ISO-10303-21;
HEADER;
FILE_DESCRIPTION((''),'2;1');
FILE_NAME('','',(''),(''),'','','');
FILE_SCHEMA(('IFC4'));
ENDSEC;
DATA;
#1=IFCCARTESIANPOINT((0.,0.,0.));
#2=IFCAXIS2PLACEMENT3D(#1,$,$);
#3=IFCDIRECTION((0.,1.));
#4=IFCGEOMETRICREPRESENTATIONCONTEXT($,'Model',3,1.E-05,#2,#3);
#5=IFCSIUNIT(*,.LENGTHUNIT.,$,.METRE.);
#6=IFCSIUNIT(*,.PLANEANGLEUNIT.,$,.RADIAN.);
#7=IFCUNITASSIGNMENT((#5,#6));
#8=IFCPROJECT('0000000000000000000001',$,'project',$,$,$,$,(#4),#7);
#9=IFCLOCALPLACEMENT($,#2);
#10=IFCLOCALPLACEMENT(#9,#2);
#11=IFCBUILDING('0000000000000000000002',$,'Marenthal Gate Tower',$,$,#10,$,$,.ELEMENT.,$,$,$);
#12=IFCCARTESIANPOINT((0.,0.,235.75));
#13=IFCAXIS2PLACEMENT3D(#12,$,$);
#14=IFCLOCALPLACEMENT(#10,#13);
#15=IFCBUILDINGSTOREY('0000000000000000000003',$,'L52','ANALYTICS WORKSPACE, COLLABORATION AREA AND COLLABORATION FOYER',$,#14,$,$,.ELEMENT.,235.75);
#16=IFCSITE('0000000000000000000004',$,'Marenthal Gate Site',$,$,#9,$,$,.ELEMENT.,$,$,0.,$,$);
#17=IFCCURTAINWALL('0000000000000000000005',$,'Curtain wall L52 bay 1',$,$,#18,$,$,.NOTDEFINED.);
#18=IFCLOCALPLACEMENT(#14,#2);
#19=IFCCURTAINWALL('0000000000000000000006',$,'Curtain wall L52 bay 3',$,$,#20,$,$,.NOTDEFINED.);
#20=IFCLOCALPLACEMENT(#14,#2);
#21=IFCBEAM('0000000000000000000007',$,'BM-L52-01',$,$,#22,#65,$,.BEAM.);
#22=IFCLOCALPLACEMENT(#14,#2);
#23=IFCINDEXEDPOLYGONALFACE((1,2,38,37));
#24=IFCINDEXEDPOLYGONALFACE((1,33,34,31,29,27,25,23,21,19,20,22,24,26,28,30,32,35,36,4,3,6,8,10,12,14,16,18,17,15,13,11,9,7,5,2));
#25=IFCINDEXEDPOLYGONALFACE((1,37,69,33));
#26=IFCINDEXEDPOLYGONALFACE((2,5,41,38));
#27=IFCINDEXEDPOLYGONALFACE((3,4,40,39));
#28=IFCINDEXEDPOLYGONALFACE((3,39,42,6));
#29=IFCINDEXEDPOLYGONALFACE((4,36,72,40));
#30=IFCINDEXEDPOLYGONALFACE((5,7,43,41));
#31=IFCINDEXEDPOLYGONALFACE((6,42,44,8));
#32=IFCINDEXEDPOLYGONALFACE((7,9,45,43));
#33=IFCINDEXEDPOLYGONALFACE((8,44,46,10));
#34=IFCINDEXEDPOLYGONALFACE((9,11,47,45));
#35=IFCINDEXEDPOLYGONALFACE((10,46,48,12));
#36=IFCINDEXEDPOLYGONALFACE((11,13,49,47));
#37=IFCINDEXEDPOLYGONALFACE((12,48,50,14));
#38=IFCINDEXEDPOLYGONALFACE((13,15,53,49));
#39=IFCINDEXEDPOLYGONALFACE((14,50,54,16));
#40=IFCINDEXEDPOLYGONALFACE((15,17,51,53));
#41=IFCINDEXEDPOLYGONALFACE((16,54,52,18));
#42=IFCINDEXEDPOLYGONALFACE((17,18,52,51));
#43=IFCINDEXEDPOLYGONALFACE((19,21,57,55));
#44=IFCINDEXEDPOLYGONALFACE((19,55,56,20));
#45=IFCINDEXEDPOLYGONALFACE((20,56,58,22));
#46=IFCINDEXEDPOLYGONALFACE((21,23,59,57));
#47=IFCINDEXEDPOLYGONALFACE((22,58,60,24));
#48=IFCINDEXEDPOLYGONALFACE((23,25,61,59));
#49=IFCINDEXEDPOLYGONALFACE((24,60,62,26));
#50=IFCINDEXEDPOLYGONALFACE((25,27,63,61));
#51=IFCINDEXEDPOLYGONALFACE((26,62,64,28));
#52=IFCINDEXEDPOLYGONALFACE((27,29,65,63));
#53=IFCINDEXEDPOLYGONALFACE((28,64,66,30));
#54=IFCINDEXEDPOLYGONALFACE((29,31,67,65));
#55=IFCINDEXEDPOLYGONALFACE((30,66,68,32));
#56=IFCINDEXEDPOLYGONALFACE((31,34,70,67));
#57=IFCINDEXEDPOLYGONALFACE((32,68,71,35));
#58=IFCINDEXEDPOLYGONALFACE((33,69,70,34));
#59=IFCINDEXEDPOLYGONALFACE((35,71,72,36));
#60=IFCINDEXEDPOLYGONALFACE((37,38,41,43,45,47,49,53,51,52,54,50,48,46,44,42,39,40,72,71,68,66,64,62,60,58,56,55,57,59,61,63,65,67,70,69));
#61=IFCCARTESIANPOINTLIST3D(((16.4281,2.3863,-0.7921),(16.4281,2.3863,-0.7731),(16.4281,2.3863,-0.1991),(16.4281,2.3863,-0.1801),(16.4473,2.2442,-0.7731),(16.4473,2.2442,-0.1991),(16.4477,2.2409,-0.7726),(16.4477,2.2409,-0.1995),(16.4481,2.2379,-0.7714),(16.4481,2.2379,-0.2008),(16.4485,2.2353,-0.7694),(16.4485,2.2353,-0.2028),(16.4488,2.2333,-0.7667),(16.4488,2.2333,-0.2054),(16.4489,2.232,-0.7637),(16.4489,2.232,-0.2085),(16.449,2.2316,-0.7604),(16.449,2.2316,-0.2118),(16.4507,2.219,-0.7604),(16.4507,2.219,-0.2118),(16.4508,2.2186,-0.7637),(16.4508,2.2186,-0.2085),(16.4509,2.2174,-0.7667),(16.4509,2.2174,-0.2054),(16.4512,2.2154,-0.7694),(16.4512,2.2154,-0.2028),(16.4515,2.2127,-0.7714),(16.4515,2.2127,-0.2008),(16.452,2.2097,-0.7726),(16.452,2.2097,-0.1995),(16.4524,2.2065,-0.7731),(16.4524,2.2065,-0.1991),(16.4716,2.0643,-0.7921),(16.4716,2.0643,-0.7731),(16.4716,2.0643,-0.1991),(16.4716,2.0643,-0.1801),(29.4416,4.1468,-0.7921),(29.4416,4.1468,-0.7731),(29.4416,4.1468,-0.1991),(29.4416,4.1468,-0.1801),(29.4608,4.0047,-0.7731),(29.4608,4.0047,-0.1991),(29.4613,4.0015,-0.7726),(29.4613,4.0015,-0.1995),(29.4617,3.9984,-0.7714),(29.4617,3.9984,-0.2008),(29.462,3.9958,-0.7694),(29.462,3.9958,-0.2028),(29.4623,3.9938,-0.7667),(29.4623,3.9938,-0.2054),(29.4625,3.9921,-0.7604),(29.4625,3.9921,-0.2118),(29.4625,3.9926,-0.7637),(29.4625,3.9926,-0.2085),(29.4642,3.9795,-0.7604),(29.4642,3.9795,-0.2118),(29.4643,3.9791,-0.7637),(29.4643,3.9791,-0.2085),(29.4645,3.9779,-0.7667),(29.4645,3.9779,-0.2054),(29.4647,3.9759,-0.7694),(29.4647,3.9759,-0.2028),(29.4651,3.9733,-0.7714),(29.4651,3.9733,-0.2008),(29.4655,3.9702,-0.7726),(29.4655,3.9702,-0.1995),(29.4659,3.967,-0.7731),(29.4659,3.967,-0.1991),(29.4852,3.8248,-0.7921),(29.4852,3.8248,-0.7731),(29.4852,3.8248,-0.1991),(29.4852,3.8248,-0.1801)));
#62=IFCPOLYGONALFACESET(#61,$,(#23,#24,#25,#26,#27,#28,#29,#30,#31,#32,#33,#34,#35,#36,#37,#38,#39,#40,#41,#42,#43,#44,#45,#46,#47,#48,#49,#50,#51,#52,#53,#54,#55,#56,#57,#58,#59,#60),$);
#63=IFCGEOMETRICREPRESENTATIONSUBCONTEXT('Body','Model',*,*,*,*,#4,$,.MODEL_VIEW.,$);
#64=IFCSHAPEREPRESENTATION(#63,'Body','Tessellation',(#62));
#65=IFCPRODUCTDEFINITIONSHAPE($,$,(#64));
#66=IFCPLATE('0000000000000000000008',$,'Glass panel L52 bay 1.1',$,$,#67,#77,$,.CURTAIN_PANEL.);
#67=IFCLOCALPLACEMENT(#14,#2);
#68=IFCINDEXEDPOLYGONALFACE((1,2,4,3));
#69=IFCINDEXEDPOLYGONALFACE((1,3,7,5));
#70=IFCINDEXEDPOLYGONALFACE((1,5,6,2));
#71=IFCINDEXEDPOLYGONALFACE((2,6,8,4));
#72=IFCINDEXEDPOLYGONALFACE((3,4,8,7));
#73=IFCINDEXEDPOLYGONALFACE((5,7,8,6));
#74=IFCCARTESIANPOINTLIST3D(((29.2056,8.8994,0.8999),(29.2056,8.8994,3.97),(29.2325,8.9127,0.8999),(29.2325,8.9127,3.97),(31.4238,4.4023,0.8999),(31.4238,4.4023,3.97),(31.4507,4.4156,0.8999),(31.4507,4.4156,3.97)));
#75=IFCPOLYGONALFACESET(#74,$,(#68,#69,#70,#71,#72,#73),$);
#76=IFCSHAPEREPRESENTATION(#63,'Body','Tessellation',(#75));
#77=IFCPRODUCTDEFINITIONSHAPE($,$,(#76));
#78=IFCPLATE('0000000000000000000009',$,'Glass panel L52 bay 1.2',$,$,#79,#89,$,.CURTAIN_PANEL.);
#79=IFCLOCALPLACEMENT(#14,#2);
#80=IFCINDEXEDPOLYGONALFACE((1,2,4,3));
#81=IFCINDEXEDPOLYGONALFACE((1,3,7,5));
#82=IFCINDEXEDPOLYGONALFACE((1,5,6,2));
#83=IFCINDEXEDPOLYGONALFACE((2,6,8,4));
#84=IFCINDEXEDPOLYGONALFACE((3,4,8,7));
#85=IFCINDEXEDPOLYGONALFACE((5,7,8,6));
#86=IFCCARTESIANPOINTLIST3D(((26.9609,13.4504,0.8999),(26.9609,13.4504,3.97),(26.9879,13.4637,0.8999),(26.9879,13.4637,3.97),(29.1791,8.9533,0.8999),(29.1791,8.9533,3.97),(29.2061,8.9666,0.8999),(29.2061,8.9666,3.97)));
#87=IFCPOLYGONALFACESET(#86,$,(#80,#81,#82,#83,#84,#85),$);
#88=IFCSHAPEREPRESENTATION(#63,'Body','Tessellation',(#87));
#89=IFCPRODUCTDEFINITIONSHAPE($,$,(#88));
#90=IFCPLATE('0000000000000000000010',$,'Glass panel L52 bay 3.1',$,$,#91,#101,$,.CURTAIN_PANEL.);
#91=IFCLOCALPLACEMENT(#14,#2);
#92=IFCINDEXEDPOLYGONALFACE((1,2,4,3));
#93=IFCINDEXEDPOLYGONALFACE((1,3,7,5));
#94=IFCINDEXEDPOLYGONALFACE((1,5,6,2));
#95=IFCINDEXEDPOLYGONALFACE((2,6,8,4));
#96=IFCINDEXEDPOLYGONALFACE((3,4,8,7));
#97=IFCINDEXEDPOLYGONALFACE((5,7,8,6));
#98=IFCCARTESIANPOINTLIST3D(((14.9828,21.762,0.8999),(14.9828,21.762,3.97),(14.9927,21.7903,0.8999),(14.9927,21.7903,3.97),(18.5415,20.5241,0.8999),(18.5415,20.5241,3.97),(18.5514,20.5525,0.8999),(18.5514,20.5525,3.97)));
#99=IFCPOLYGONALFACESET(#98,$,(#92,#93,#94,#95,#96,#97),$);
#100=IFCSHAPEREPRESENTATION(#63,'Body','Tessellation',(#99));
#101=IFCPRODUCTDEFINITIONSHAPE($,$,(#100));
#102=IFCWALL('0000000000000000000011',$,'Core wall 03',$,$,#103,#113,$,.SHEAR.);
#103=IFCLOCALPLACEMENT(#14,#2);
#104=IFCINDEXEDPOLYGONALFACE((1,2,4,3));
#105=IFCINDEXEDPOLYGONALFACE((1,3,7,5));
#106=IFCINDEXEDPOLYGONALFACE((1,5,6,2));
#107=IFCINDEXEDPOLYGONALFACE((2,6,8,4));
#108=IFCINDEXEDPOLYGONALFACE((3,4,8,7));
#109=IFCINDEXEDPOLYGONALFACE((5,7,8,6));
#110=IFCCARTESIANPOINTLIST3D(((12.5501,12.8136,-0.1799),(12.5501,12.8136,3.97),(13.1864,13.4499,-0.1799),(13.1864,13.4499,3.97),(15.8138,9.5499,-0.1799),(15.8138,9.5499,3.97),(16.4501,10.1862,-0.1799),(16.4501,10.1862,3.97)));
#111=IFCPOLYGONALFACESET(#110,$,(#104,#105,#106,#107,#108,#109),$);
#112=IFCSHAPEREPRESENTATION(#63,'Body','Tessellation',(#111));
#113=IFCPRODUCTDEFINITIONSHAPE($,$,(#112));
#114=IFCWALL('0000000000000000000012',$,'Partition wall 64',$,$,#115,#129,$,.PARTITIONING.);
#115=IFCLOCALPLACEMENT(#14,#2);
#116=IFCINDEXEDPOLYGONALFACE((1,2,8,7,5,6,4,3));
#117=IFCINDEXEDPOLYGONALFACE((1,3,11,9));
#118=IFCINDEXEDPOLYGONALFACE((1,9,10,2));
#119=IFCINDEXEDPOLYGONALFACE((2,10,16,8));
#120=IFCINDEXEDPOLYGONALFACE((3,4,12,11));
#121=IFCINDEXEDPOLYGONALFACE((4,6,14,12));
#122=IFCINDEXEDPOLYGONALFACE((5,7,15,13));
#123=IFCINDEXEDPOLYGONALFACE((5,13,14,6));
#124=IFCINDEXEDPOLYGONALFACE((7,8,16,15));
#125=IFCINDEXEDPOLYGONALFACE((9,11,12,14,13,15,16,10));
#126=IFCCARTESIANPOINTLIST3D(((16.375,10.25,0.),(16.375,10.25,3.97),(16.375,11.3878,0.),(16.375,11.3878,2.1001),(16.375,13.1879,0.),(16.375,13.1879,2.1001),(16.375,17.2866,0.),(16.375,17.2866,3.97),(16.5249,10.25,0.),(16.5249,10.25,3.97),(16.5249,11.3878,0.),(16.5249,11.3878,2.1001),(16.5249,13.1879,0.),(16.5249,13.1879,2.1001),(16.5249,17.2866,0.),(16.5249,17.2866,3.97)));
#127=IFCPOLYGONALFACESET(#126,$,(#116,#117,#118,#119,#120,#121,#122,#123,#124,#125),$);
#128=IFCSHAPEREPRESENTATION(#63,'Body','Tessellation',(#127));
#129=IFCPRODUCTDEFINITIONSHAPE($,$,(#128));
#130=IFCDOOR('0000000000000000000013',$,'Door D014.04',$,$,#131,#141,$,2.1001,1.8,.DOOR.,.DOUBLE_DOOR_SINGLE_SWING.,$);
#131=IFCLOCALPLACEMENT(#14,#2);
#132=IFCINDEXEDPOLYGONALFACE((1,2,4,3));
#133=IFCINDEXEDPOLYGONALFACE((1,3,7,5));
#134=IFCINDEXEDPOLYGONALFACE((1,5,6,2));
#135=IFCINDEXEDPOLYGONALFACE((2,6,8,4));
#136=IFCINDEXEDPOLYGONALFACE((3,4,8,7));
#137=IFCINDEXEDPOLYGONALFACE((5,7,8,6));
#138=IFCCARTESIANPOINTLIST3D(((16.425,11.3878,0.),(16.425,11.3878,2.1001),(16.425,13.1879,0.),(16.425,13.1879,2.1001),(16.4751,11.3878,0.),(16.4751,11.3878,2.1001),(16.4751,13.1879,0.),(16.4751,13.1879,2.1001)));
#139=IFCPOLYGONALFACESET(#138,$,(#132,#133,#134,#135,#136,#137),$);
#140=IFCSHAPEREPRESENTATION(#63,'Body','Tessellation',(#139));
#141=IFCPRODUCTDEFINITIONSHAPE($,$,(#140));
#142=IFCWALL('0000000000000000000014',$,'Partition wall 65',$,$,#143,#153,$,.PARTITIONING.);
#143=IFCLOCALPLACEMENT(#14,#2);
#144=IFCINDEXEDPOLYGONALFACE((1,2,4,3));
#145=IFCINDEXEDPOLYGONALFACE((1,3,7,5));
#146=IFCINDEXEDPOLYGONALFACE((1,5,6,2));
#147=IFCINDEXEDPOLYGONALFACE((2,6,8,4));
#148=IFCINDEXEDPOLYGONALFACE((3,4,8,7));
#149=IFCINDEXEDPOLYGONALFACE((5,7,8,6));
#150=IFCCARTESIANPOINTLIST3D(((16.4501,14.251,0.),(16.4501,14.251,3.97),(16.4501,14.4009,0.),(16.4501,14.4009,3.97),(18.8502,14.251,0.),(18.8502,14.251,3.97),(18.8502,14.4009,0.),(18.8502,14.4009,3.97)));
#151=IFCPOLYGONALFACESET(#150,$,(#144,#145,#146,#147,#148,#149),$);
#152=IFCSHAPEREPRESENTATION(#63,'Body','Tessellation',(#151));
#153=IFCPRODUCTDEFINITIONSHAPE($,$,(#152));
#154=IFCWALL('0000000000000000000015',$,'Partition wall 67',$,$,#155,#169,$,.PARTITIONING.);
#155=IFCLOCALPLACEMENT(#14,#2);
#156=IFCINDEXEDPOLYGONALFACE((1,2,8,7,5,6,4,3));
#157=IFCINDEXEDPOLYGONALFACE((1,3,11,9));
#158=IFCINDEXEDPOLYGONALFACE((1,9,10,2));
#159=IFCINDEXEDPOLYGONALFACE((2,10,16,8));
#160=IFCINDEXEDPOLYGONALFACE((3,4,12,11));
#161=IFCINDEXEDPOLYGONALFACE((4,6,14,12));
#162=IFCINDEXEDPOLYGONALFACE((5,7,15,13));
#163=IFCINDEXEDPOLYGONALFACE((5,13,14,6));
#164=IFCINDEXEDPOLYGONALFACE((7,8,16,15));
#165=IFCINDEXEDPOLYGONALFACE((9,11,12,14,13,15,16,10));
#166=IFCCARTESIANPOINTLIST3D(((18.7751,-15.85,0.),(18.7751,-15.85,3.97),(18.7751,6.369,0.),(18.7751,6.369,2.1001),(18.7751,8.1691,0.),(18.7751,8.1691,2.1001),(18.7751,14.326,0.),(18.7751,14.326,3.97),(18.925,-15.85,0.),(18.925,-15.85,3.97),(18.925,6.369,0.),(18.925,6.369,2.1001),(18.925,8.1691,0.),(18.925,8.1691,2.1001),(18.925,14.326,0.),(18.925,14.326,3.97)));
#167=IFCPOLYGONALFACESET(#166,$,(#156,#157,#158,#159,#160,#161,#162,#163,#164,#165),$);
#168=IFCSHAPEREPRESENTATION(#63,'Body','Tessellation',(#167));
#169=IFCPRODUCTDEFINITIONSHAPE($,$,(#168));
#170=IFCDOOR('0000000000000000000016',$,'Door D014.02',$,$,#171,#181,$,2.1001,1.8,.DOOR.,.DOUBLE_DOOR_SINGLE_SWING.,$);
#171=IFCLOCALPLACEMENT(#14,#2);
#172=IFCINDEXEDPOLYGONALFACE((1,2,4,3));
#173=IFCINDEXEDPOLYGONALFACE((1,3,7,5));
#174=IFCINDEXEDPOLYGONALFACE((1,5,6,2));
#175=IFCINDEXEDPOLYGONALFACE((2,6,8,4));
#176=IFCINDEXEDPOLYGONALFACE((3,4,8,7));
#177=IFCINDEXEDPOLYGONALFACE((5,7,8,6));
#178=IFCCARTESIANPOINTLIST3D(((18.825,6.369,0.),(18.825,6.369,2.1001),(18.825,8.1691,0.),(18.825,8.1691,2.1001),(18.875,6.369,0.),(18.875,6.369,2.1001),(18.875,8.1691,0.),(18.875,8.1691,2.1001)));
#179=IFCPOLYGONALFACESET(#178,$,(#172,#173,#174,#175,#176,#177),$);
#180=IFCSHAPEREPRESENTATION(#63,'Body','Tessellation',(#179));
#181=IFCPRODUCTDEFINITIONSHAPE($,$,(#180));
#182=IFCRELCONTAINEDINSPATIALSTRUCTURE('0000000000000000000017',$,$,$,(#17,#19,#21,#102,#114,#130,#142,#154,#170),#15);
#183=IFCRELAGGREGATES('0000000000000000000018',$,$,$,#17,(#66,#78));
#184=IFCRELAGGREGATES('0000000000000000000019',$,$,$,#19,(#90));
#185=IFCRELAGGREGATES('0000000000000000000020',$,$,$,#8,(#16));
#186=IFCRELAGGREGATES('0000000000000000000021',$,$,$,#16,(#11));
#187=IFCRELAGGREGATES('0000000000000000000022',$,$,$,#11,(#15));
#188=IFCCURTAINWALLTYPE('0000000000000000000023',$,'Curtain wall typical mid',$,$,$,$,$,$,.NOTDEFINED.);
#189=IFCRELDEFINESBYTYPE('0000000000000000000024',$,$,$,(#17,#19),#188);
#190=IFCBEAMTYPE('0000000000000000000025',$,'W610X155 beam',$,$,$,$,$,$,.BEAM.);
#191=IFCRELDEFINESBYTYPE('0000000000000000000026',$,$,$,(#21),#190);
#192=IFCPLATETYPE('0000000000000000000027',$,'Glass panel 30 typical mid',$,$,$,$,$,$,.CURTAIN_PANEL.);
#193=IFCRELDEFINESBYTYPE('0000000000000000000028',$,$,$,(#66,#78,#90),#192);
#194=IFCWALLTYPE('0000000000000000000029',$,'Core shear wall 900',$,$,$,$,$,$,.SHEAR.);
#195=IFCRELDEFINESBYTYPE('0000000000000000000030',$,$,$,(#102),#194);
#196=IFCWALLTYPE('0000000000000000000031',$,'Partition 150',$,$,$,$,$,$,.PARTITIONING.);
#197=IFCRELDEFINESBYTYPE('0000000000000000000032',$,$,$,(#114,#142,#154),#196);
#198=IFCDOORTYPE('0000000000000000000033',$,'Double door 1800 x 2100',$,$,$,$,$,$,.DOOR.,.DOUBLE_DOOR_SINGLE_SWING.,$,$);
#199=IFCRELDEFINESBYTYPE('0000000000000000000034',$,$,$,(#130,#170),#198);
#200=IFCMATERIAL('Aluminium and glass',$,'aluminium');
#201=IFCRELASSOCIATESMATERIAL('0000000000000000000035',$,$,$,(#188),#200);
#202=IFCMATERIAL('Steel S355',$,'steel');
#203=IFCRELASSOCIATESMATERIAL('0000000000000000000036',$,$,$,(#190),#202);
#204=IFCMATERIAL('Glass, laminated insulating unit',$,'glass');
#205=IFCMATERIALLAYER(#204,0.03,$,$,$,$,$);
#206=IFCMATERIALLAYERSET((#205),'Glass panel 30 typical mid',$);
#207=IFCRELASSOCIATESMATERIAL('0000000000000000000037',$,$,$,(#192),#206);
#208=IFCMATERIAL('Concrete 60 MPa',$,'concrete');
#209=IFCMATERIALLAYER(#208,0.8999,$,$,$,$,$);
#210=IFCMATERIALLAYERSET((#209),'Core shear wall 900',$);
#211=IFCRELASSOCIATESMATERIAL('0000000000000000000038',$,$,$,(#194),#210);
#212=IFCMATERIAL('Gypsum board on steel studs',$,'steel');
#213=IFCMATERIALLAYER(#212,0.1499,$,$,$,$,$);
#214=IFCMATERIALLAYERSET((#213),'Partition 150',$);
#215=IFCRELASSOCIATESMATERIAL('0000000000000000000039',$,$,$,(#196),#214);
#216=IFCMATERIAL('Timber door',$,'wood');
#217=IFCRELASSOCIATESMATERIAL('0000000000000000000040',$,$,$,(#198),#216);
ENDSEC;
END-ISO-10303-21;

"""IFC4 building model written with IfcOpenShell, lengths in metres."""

from ifc_helpers import new_model, si_unit, direction, frame, frame_2d, origin, origin_2d, place, context, subcontext, project, spatial, rectangle, i_section, extrude, material, layer, layer_set, material_profile, profile_set, type_object, element, fill, aggregate, save


model = new_model("IFC4")

# Units and contexts
model_context = context("Model", 3, precision=1e-05, world=origin(), true_north=direction((0.0, 1.0)))
body_context = subcontext(model_context, "Body", "Model", "MODEL_VIEW")
ifc_project = project(units=[si_unit("LENGTHUNIT", "METRE"), si_unit("PLANEANGLEUNIT", "RADIAN")], contexts=[model_context])

# Site, building, storey
site_placement = place(None, origin())
site = spatial("IfcSite", under=ifc_project, at=site_placement, Name="Marenthal Gate Site", CompositionType="ELEMENT", RefElevation=0.0)
building_placement = place(site_placement, origin())
building = spatial("IfcBuilding", under=site, at=building_placement, Name="Marenthal Gate Tower", CompositionType="ELEMENT")
storey_placement = place(building_placement, frame((0.0, 0.0, 235.75)))
storey = spatial("IfcBuildingStorey", under=building, at=storey_placement, Name="L52", Description="ANALYTICS WORKSPACE, COLLABORATION AREA AND COLLABORATION FOYER", CompositionType="ELEMENT", Elevation=235.75)

# Curtain walls
ifc_material_1 = material(Name="Aluminium and glass", Category="aluminium")
curtain_wall_type = type_object("IfcCurtainWallType", Name="Curtain wall typical mid", PredefinedType="NOTDEFINED", material=ifc_material_1)
curtain_wall_1_placement = place(storey_placement, origin())
curtain_wall_1 = element("IfcCurtainWall", 1, at=curtain_wall_1_placement, inside=storey, type_object=curtain_wall_type, Name="Curtain wall L52 bay 1", PredefinedType="NOTDEFINED")
curtain_wall_2_placement = place(storey_placement, origin())
curtain_wall_2 = element("IfcCurtainWall", 2, at=curtain_wall_2_placement, inside=storey, type_object=curtain_wall_type, Name="Curtain wall L52 bay 3", PredefinedType="NOTDEFINED")

# Beam
ifc_material_2 = material(Name="Steel S355", Category="steel")
ifc_material_profile_1 = material_profile(ifc_material_2, i_section(OverallWidth=0.325, OverallDepth=0.6121, WebThickness=0.0127, FlangeThickness=0.019, FilletRadius=0.0127, at=origin_2d()), Name="W610X155")
ifc_profile_set_1 = profile_set([ifc_material_profile_1], Name="Steel S355")
beam_type_1 = type_object("IfcBeamType", Name="W610X155 beam", PredefinedType="BEAM", material=ifc_profile_set_1)
beam_1_placement = place(storey_placement, frame((29.4634, 3.9858, -0.4861), z_axis=(-0.990973, -0.134062, 0.0), x_axis=(0.134062, -0.990973, 0.0)))
element("IfcBeam", 3, at=beam_1_placement, inside=storey, type_object=beam_type_1, Name="BM-L52-01", PredefinedType="BEAM", context=body_context, shape_type="SweptSolid", body=[
    extrude(i_section(OverallWidth=0.325, OverallDepth=0.6121, WebThickness=0.0127, FlangeThickness=0.019, FilletRadius=0.0127, at=origin_2d()), origin(), (0.0, 0.0, 1.0), 13.1321),
])

# Plates
ifc_material_3 = material(Name="Glass, laminated insulating unit", Category="glass")
ifc_layer_1 = layer(ifc_material_3, 0.03)
ifc_layer_set_1 = layer_set([ifc_layer_1], Name="Glass panel 30 typical mid")
plate_type = type_object("IfcPlateType", Name="Glass panel 30 typical mid", PredefinedType="CURTAIN_PANEL", material=ifc_layer_set_1)
plate_1_placement = place(storey_placement, frame((30.3281, 6.6575, 0.8999), z_axis=(0.0, 0.0, 1.0), x_axis=(-0.442364, 0.896835, 0.0)))
plate_1 = element("IfcPlate", 4, at=plate_1_placement, type_object=plate_type, Name="Glass panel L52 bay 1.1", PredefinedType="CURTAIN_PANEL", context=body_context, shape_type="SweptSolid", body=[
    extrude(rectangle(XDim=5.0144, YDim=0.03, at=origin_2d()), origin(), (0.0, 0.0, 1.0), 3.0701),
])
plate_2_placement = place(storey_placement, frame((28.0835, 11.2085, 0.8999), z_axis=(0.0, 0.0, 1.0), x_axis=(-0.442364, 0.896835, 0.0)))
plate_2 = element("IfcPlate", 5, at=plate_2_placement, type_object=plate_type, Name="Glass panel L52 bay 1.2", PredefinedType="CURTAIN_PANEL", context=body_context, shape_type="SweptSolid", body=[
    extrude(rectangle(XDim=5.0144, YDim=0.03, at=origin_2d()), origin(), (0.0, 0.0, 1.0), 3.0701),
])
aggregate(curtain_wall_1, [plate_1, plate_2])
plate_3_placement = place(storey_placement, frame((16.7671, 21.1572, 0.8999), z_axis=(0.0, 0.0, 1.0), x_axis=(-0.94449, 0.32854, 0.0)))
plate_3 = element("IfcPlate", 6, at=plate_3_placement, type_object=plate_type, Name="Glass panel L52 bay 3.1", PredefinedType="CURTAIN_PANEL", context=body_context, shape_type="SweptSolid", body=[
    extrude(rectangle(XDim=3.7678, YDim=0.03, at=origin_2d()), origin(), (0.0, 0.0, 1.0), 3.0701),
])
aggregate(curtain_wall_2, [plate_3])

# Wall
ifc_material_4 = material(Name="Concrete 60 MPa", Category="concrete")
ifc_layer_2 = layer(ifc_material_4, 0.8999)
ifc_layer_set_2 = layer_set([ifc_layer_2], Name="Core shear wall 900")
wall_type_1 = type_object("IfcWallType", Name="Core shear wall 900", PredefinedType="SHEAR", material=ifc_layer_set_2)
wall_1_placement = place(storey_placement, frame((16.1318, 9.8682, -0.1799), z_axis=(0.0, 0.0, 1.0), x_axis=(-0.707107, 0.707107, 0.0)))
element("IfcWall", 7, at=wall_1_placement, inside=storey, type_object=wall_type_1, Name="Core wall 03", PredefinedType="SHEAR", context=body_context, shape_type="SweptSolid", body=[
    extrude(rectangle(XDim=4.6155, YDim=0.8999, at=frame_2d((2.3076, 0.0))), origin(), (0.0, 0.0, 1.0), 4.1499),
])

# Wall, opening, door
ifc_material_5 = material(Name="Gypsum board on steel studs", Category="steel")
ifc_layer_3 = layer(ifc_material_5, 0.1499)
ifc_layer_set_3 = layer_set([ifc_layer_3], Name="Partition 150")
wall_type_2 = type_object("IfcWallType", Name="Partition 150", PredefinedType="PARTITIONING", material=ifc_layer_set_3)
wall_2_placement = place(storey_placement, frame((16.45, 10.25, 0.0), z_axis=(0.0, 0.0, 1.0), x_axis=(0.0, 1.0, 0.0)))
wall_2 = element("IfcWall", 8, at=wall_2_placement, inside=storey, type_object=wall_type_2, Name="Partition wall 64", PredefinedType="PARTITIONING", context=body_context, shape_type="SweptSolid", body=[
    extrude(rectangle(XDim=7.0366, YDim=0.1499, at=frame_2d((3.5183, 0.0))), origin(), (0.0, 0.0, 1.0), 3.97),
])
opening_1_placement = place(wall_2_placement, frame((1.1379, 0.0, 0.0)))
opening_1 = element("IfcOpeningElement", 9, at=opening_1_placement, cuts=wall_2, PredefinedType="OPENING", context=body_context, shape_type="SweptSolid", body=[
    extrude(rectangle(XDim=1.8, YDim=2.1001, at=frame_2d((0.8999, 1.05))), frame((0.0, 0.085, 0.0), z_axis=(0.0, -1.0, 0.0), x_axis=(1.0, 0.0, 0.0)), (0.0, 0.0, 1.0), 0.1699),
])
ifc_material_6 = material(Name="Timber door", Category="wood")
door_type_1 = type_object("IfcDoorType", Name="Double door 1800 x 2100", OperationType="DOUBLE_DOOR_SINGLE_SWING", PredefinedType="DOOR", material=ifc_material_6)
door_1_placement = place(opening_1_placement, origin())
door_1 = element("IfcDoor", 10, at=door_1_placement, inside=storey, type_object=door_type_1, Name="Door D014.04", OperationType="DOUBLE_DOOR_SINGLE_SWING", OverallHeight=2.1001, OverallWidth=1.8, PredefinedType="DOOR", context=body_context, shape_type="SweptSolid", body=[
    extrude(rectangle(XDim=1.8, YDim=2.1001, at=frame_2d((0.8999, 1.05))), frame((0.0, 0.0249, 0.0), z_axis=(0.0, -1.0, 0.0), x_axis=(1.0, 0.0, 0.0)), (0.0, 0.0, 1.0), 0.05),
])
fill(opening_1, door_1)

# Wall
wall_3_placement = place(storey_placement, frame((16.45, 14.3259, 0.0), z_axis=(0.0, 0.0, 1.0), x_axis=(1.0, 0.0, 0.0)))
element("IfcWall", 11, at=wall_3_placement, inside=storey, type_object=wall_type_2, Name="Partition wall 65", PredefinedType="PARTITIONING", context=body_context, shape_type="SweptSolid", body=[
    extrude(rectangle(XDim=2.4001, YDim=0.1499, at=frame_2d((1.2002, 0.0))), origin(), (0.0, 0.0, 1.0), 3.97),
])

# Wall, opening, door
wall_4_placement = place(storey_placement, frame((18.8501, 14.3259, 0.0), z_axis=(0.0, 0.0, 1.0), x_axis=(0.0, -1.0, 0.0)))
wall_4 = element("IfcWall", 12, at=wall_4_placement, inside=storey, type_object=wall_type_2, Name="Partition wall 67", PredefinedType="PARTITIONING", context=body_context, shape_type="SweptSolid", body=[
    extrude(rectangle(XDim=30.176, YDim=0.1499, at=frame_2d((15.0879, 0.0))), origin(), (0.0, 0.0, 1.0), 3.97),
])
opening_2_placement = place(wall_4_placement, frame((6.157, 0.0, 0.0)))
opening_2 = element("IfcOpeningElement", 13, at=opening_2_placement, cuts=wall_4, PredefinedType="OPENING", context=body_context, shape_type="SweptSolid", body=[
    extrude(rectangle(XDim=1.8, YDim=2.1001, at=frame_2d((0.8999, 1.05))), frame((0.0, 0.085, 0.0), z_axis=(0.0, -1.0, 0.0), x_axis=(1.0, 0.0, 0.0)), (0.0, 0.0, 1.0), 0.1699),
])
door_2_placement = place(opening_2_placement, origin())
door_2 = element("IfcDoor", 14, at=door_2_placement, inside=storey, type_object=door_type_1, Name="Door D014.02", OperationType="DOUBLE_DOOR_SINGLE_SWING", OverallHeight=2.1001, OverallWidth=1.8, PredefinedType="DOOR", context=body_context, shape_type="SweptSolid", body=[
    extrude(rectangle(XDim=1.8, YDim=2.1001, at=frame_2d((0.8999, 1.05))), frame((0.0, 0.0249, 0.0), z_axis=(0.0, -1.0, 0.0), x_axis=(1.0, 0.0, 0.0)), (0.0, 0.0, 1.0), 0.05),
])
fill(opening_2, door_2)

save(model, "model.ifc")
